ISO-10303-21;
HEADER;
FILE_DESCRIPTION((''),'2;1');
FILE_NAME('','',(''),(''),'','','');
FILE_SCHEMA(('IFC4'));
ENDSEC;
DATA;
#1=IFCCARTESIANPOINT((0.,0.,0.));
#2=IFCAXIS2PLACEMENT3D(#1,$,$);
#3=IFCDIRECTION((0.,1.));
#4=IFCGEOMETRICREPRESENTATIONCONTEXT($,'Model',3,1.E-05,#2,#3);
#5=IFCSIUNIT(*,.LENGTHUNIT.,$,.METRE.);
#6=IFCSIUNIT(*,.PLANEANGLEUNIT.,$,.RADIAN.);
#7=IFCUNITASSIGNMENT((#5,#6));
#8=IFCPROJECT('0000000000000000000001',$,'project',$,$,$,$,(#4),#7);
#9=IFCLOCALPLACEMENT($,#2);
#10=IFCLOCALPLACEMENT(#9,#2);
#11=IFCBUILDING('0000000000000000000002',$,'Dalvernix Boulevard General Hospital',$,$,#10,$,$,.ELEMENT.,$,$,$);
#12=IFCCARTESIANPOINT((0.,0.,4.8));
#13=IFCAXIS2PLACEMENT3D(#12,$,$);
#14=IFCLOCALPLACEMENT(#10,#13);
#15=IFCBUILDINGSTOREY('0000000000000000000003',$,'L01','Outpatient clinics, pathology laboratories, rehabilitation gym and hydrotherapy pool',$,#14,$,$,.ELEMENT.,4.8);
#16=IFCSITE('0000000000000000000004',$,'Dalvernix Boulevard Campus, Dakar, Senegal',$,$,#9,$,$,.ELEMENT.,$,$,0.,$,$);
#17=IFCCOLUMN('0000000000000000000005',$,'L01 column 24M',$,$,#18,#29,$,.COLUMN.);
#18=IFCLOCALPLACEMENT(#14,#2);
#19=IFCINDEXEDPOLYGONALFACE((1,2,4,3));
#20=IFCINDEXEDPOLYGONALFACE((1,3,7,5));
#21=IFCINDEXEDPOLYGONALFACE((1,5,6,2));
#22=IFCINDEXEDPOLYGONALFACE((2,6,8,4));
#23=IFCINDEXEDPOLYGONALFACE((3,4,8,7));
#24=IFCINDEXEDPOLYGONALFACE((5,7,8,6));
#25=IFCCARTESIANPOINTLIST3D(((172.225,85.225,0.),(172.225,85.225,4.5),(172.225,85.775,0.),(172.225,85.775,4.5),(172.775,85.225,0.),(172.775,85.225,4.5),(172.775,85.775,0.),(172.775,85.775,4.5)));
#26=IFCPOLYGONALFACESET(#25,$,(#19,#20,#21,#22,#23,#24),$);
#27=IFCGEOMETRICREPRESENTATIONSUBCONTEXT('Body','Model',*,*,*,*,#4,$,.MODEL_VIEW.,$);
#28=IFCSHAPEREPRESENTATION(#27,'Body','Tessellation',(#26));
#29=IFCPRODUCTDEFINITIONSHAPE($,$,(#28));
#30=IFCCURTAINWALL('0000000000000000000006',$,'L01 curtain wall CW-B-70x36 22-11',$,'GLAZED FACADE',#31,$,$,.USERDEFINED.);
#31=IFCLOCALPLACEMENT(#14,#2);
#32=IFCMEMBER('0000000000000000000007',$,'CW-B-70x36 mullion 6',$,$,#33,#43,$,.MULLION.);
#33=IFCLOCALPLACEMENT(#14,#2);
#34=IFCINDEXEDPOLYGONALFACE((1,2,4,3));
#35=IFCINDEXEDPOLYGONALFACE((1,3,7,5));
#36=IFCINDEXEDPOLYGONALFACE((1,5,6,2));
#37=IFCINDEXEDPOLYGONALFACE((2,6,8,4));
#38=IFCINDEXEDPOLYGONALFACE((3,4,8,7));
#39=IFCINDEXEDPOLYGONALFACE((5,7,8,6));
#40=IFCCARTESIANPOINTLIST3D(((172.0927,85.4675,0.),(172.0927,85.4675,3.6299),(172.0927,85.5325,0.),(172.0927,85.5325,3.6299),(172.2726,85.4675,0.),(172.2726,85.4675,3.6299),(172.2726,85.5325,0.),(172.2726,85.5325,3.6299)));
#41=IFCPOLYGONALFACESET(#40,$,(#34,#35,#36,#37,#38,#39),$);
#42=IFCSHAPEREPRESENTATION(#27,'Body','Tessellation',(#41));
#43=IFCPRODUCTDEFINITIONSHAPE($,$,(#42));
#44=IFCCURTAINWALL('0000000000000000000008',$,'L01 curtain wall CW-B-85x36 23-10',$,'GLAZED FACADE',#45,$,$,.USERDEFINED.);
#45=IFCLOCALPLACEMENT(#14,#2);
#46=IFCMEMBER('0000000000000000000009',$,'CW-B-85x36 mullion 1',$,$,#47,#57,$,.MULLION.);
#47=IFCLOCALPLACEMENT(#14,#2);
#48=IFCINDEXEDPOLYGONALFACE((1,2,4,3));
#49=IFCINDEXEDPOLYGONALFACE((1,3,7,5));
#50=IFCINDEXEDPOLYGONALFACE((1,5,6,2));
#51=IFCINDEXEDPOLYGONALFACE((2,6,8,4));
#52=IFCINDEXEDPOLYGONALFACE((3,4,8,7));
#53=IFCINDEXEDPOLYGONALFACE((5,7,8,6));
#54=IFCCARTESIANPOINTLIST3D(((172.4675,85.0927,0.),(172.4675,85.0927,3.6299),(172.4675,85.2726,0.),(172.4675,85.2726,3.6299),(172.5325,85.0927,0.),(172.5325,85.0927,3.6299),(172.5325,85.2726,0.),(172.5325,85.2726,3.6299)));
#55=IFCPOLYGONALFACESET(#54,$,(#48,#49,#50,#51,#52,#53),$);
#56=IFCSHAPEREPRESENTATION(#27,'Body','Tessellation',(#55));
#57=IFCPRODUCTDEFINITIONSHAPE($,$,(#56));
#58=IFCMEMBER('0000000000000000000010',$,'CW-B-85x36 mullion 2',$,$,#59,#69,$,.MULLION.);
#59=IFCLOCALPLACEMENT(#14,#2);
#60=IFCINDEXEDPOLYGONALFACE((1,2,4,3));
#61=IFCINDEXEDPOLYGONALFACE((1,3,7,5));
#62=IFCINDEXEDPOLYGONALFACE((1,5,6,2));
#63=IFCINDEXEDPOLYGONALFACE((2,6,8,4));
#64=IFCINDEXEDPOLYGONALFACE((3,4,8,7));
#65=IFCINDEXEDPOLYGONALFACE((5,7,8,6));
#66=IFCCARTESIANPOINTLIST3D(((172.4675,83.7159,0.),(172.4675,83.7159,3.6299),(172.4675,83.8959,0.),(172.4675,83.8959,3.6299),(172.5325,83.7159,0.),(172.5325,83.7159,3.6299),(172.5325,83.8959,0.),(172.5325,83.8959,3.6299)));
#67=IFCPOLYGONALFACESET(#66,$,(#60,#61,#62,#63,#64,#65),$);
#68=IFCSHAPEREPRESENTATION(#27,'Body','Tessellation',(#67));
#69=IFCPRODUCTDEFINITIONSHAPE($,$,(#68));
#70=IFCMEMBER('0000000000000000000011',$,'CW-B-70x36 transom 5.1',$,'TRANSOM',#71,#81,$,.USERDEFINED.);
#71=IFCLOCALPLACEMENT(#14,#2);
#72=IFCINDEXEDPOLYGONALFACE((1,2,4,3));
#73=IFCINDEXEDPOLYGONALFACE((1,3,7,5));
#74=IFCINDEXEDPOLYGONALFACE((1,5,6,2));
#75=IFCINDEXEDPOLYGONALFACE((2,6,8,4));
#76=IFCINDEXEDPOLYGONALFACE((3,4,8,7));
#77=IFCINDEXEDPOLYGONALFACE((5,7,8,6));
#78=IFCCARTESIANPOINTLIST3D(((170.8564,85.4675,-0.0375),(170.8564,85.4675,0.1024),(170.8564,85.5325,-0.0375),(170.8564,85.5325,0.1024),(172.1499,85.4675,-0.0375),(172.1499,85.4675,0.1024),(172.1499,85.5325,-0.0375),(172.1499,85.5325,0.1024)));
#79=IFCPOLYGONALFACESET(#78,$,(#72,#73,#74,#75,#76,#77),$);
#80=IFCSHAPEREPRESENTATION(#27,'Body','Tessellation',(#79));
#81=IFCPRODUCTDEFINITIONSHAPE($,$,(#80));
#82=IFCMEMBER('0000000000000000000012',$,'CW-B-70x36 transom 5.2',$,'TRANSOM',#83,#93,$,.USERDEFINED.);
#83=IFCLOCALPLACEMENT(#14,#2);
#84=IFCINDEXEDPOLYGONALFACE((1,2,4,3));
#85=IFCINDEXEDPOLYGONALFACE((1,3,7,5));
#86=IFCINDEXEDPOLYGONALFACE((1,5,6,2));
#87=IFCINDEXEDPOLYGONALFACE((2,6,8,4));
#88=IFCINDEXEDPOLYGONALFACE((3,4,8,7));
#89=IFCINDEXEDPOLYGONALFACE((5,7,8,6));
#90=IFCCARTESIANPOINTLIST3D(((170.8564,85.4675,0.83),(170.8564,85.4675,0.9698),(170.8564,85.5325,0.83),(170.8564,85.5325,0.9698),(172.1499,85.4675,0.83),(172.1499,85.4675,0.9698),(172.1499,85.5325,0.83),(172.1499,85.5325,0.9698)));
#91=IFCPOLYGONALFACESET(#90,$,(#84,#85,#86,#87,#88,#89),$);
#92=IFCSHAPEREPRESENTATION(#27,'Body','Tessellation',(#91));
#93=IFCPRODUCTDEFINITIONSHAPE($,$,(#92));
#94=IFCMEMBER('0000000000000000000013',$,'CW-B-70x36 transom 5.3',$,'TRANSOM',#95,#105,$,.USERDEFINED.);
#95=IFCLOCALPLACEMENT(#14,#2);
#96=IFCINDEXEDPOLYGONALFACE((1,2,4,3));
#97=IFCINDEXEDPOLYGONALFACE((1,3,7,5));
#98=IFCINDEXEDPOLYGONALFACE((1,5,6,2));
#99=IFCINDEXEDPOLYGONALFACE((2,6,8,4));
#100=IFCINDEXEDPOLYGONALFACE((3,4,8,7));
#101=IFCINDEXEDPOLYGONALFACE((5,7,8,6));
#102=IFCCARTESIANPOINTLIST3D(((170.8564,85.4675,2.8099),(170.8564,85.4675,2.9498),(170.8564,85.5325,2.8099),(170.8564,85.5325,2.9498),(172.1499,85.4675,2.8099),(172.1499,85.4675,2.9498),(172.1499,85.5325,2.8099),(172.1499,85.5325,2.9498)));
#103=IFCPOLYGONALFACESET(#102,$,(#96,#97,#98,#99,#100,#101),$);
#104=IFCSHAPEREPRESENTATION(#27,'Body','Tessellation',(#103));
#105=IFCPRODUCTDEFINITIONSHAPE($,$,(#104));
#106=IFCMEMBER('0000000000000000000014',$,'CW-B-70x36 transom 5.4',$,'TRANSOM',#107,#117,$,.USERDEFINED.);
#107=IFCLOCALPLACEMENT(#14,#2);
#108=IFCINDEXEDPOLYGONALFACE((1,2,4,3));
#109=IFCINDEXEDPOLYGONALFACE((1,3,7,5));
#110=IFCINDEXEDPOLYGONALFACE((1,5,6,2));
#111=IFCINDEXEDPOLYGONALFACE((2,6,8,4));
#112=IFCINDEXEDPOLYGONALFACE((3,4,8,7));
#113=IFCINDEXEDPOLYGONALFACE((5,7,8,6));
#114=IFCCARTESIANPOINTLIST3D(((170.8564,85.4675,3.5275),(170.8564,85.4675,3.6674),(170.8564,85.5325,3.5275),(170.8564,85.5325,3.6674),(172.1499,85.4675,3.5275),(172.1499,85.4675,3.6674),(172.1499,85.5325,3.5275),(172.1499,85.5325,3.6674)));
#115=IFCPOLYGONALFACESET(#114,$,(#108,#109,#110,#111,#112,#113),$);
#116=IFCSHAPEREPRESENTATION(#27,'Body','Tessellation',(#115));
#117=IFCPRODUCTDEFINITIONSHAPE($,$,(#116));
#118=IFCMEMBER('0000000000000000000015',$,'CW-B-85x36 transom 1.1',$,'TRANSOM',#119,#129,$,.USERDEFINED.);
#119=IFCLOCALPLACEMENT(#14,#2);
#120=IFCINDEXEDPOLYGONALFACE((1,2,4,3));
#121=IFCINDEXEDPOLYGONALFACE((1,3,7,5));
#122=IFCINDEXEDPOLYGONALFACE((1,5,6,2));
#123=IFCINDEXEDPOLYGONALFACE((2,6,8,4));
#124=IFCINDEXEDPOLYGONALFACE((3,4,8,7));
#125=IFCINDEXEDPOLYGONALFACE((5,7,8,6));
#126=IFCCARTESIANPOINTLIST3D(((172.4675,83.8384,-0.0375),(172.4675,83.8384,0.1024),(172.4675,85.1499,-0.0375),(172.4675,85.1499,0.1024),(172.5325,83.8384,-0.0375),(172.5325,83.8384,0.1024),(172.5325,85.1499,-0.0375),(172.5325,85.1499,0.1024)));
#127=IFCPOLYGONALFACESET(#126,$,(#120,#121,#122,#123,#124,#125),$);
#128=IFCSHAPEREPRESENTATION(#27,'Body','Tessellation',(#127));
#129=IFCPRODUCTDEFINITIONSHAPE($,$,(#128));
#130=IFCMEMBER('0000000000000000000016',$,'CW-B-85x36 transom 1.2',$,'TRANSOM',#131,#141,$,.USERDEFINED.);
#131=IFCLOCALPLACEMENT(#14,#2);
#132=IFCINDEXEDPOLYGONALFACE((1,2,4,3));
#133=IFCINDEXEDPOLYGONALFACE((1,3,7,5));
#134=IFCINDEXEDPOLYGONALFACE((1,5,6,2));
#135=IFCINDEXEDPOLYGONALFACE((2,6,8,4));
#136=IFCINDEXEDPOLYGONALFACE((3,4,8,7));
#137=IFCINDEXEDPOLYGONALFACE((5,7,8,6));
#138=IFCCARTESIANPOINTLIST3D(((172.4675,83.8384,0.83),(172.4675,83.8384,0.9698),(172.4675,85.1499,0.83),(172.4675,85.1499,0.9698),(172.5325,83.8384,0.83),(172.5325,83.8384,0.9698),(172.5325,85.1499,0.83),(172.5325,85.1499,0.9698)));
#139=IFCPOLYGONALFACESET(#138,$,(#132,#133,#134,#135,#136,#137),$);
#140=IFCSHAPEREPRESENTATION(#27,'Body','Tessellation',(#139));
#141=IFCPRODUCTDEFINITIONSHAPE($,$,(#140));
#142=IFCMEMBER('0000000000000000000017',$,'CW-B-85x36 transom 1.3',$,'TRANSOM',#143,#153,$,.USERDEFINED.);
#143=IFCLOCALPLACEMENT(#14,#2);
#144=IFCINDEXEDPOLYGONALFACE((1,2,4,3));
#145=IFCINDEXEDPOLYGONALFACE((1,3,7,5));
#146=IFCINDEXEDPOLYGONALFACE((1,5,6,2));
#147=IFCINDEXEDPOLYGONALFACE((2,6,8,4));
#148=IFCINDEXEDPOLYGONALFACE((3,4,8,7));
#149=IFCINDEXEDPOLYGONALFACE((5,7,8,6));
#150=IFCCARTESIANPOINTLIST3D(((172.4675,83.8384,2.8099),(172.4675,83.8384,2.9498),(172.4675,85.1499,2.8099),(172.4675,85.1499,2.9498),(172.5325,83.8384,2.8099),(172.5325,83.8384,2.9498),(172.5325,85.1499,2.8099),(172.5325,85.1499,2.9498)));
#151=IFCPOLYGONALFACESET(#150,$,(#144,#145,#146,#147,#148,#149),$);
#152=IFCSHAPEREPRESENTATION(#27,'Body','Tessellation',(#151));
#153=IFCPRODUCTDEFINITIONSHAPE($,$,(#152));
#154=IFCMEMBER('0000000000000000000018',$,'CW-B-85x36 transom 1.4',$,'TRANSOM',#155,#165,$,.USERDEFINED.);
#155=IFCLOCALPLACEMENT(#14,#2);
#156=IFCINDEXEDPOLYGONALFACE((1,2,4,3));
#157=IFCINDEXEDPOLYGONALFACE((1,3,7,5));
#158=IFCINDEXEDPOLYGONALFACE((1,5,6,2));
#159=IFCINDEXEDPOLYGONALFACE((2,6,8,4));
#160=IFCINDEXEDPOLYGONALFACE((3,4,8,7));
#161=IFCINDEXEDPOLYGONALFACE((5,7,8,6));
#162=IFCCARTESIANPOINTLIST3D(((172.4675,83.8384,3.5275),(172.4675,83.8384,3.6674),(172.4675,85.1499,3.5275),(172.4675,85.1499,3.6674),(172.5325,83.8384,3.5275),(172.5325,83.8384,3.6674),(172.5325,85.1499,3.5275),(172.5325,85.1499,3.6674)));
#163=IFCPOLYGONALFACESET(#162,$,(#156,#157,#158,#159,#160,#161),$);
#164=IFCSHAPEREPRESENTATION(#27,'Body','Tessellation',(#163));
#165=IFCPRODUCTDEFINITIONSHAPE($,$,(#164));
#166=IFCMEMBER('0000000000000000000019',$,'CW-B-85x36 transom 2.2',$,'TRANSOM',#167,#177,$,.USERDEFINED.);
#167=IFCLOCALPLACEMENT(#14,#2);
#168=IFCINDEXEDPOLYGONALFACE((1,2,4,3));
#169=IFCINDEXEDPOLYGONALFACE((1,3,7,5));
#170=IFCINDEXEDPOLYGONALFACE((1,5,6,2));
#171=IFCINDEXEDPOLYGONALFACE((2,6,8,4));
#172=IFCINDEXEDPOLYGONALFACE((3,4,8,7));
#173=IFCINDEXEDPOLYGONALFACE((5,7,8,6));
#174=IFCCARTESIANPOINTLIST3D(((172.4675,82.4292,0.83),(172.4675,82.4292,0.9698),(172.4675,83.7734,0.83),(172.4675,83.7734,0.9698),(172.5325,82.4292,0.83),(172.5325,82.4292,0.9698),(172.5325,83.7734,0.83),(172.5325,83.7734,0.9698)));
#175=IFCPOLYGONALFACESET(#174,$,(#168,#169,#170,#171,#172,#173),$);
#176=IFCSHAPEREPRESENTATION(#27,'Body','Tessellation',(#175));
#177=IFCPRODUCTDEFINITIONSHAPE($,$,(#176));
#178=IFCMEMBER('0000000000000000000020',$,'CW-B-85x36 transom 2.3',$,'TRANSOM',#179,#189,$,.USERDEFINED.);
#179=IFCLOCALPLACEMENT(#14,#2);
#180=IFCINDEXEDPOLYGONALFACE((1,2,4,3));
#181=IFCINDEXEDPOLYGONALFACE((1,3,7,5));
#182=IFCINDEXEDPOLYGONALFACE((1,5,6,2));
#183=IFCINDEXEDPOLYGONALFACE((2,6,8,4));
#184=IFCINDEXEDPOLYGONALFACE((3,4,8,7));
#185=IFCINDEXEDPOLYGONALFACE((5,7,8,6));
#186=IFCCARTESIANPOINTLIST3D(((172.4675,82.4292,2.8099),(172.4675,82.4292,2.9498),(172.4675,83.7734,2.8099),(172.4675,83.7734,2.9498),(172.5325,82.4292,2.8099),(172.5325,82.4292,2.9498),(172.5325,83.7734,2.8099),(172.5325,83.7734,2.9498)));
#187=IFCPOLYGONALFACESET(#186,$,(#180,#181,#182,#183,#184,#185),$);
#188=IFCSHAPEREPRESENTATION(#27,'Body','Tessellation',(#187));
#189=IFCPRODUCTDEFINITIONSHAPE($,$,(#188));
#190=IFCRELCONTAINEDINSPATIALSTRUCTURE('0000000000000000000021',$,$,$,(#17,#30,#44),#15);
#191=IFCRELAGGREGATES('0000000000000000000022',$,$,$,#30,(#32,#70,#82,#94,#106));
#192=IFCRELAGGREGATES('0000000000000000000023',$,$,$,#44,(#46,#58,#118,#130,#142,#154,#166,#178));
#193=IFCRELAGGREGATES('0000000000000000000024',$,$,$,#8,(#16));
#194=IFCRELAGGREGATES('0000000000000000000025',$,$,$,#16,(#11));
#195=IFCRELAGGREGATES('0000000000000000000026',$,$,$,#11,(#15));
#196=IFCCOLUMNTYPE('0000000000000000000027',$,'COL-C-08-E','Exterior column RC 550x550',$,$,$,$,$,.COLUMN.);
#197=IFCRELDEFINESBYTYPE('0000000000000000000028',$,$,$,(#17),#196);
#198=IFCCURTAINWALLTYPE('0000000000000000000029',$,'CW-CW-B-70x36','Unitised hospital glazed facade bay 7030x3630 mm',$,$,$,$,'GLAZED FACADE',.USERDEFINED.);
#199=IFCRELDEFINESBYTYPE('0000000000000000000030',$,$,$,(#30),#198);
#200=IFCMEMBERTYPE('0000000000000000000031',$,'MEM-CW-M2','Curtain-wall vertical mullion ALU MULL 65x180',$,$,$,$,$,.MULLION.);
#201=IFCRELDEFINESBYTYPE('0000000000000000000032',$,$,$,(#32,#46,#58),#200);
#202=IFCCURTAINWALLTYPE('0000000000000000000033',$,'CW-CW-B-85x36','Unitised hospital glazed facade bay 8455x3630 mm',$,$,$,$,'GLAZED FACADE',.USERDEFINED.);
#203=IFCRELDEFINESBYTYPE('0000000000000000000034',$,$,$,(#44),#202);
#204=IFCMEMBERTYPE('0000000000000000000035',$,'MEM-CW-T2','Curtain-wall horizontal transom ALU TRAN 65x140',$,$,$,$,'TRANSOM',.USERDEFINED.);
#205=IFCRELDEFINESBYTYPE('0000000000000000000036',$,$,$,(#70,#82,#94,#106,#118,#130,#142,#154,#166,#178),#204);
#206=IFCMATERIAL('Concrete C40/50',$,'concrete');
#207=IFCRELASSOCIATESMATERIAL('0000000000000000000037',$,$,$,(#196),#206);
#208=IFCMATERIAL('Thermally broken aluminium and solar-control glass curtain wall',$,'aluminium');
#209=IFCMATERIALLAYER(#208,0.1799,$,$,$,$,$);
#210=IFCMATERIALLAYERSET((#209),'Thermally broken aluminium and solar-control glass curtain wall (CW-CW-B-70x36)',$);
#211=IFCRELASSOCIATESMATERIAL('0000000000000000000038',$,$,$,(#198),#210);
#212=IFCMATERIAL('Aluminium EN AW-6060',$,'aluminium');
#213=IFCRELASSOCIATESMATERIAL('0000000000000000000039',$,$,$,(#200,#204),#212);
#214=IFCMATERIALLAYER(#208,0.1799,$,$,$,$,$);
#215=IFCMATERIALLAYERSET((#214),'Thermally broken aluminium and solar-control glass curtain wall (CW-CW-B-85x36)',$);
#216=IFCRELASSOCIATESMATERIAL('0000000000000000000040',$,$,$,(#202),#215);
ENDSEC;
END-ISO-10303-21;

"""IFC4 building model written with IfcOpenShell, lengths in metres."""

from ifc_helpers import new_model, si_unit, direction, frame, origin, origin_2d, place, context, subcontext, project, spatial, rectangle, extrude, material, layer, layer_set, material_profile, profile_set, type_object, element, aggregate, save


model = new_model("IFC4")

# Units and contexts
model_context = context("Model", 3, precision=1e-05, world=origin(), true_north=direction((0.0, 1.0)))
body_context = subcontext(model_context, "Body", "Model", "MODEL_VIEW")
ifc_project = project(units=[si_unit("LENGTHUNIT", "METRE"), si_unit("PLANEANGLEUNIT", "RADIAN")], contexts=[model_context])

# Site, building, storey
site_placement = place(None, origin())
site = spatial("IfcSite", under=ifc_project, at=site_placement, Name="Dalvernix Boulevard Campus, Dakar, Senegal", CompositionType="ELEMENT", RefElevation=0.0)
building_placement = place(site_placement, origin())
building = spatial("IfcBuilding", under=site, at=building_placement, Name="Dalvernix Boulevard General Hospital", CompositionType="ELEMENT")
storey_placement = place(building_placement, frame((0.0, 0.0, 4.8)))
storey = spatial("IfcBuildingStorey", under=building, at=storey_placement, Name="L01", Description="Outpatient clinics, pathology laboratories, rehabilitation gym and hydrotherapy pool", CompositionType="ELEMENT", Elevation=4.8)

# Column
ifc_material_1 = material(Name="Concrete C40/50", Category="concrete")
ifc_material_profile_1 = material_profile(ifc_material_1, rectangle(XDim=0.55, YDim=0.55, at=origin_2d()), Name="RC 550x550")
ifc_profile_set_1 = profile_set([ifc_material_profile_1], Name="Concrete C40/50")
column_type = type_object("IfcColumnType", Name="COL-C-08-E", Description="Exterior column RC 550x550", PredefinedType="COLUMN", material=ifc_profile_set_1)
column_placement = place(storey_placement, frame((172.5, 85.5, 0.0), z_axis=(0.0, 0.0, 1.0), x_axis=(1.0, 0.0, 0.0)))
element("IfcColumn", 1, at=column_placement, inside=storey, type_object=column_type, Name="L01 column 24M", PredefinedType="COLUMN", context=body_context, shape_type="SweptSolid", body=[
    extrude(rectangle(XDim=0.55, YDim=0.55, at=origin_2d()), origin(), (0.0, 0.0, 1.0), 4.5),
])

# Curtain wall, member
ifc_material_2 = material(Name="Thermally broken aluminium and solar-control glass curtain wall", Category="aluminium")
ifc_layer_1 = layer(ifc_material_2, 0.1799)
ifc_layer_set_1 = layer_set([ifc_layer_1], Name="Thermally broken aluminium and solar-control glass curtain wall (CW-CW-B-70x36)")
curtain_wall_type_1 = type_object("IfcCurtainWallType", Name="CW-CW-B-70x36", Description="Unitised hospital glazed facade bay 7030x3630 mm", ElementType="GLAZED FACADE", PredefinedType="USERDEFINED", material=ifc_layer_set_1)
curtain_wall_1_placement = place(storey_placement, origin())
curtain_wall_1 = element("IfcCurtainWall", 2, at=curtain_wall_1_placement, inside=storey, type_object=curtain_wall_type_1, Name="L01 curtain wall CW-B-70x36 22-11", ObjectType="GLAZED FACADE", PredefinedType="USERDEFINED")
ifc_material_3 = material(Name="Aluminium EN AW-6060", Category="aluminium")
ifc_material_profile_2 = material_profile(ifc_material_3, rectangle(XDim=0.0649, YDim=0.1799, at=origin_2d()), Name="ALU MULL 65x180")
ifc_profile_set_2 = profile_set([ifc_material_profile_2], Name="Aluminium EN AW-6060")
member_type_1 = type_object("IfcMemberType", Name="MEM-CW-M2", Description="Curtain-wall vertical mullion ALU MULL 65x180", PredefinedType="MULLION", material=ifc_profile_set_2)
member_1_placement = place(storey_placement, frame((172.1826, 85.5, 0.0), z_axis=(0.0, 0.0, 1.0), x_axis=(0.0, 1.0, 0.0)))
member_1 = element("IfcMember", 3, at=member_1_placement, type_object=member_type_1, Name="CW-B-70x36 mullion 6", PredefinedType="MULLION", context=body_context, shape_type="SweptSolid", body=[
    extrude(rectangle(XDim=0.0649, YDim=0.1799, at=origin_2d()), origin(), (0.0, 0.0, 1.0), 3.6299),
])

# Curtain wall, members
ifc_layer_2 = layer(ifc_material_2, 0.1799)
ifc_layer_set_2 = layer_set([ifc_layer_2], Name="Thermally broken aluminium and solar-control glass curtain wall (CW-CW-B-85x36)")
curtain_wall_type_2 = type_object("IfcCurtainWallType", Name="CW-CW-B-85x36", Description="Unitised hospital glazed facade bay 8455x3630 mm", ElementType="GLAZED FACADE", PredefinedType="USERDEFINED", material=ifc_layer_set_2)
curtain_wall_2_placement = place(storey_placement, origin())
curtain_wall_2 = element("IfcCurtainWall", 4, at=curtain_wall_2_placement, inside=storey, type_object=curtain_wall_type_2, Name="L01 curtain wall CW-B-85x36 23-10", ObjectType="GLAZED FACADE", PredefinedType="USERDEFINED")
member_2_placement = place(storey_placement, frame((172.5, 85.1826, 0.0), z_axis=(0.0, 0.0, 1.0), x_axis=(1.0, 0.0, 0.0)))
member_2 = element("IfcMember", 5, at=member_2_placement, type_object=member_type_1, Name="CW-B-85x36 mullion 1", PredefinedType="MULLION", context=body_context, shape_type="SweptSolid", body=[
    extrude(rectangle(XDim=0.0649, YDim=0.1799, at=origin_2d()), origin(), (0.0, 0.0, 1.0), 3.6299),
])
member_3_placement = place(storey_placement, frame((172.5, 83.8059, 0.0), z_axis=(0.0, 0.0, 1.0), x_axis=(1.0, 0.0, 0.0)))
member_3 = element("IfcMember", 6, at=member_3_placement, type_object=member_type_1, Name="CW-B-85x36 mullion 2", PredefinedType="MULLION", context=body_context, shape_type="SweptSolid", body=[
    extrude(rectangle(XDim=0.0649, YDim=0.1799, at=origin_2d()), origin(), (0.0, 0.0, 1.0), 3.6299),
])

# Members
ifc_material_profile_3 = material_profile(ifc_material_3, rectangle(XDim=0.0649, YDim=0.1399, at=origin_2d()), Name="ALU TRAN 65x140")
ifc_profile_set_3 = profile_set([ifc_material_profile_3], Name="Aluminium EN AW-6060")
member_type_2 = type_object("IfcMemberType", Name="MEM-CW-T2", Description="Curtain-wall horizontal transom ALU TRAN 65x140", ElementType="TRANSOM", PredefinedType="USERDEFINED", material=ifc_profile_set_3)
member_4_placement = place(storey_placement, frame((170.8564, 85.5, 0.0325), z_axis=(1.0, 0.0, 0.0), x_axis=(0.0, 1.0, 0.0)))
member_4 = element("IfcMember", 7, at=member_4_placement, type_object=member_type_2, Name="CW-B-70x36 transom 5.1", ObjectType="TRANSOM", PredefinedType="USERDEFINED", context=body_context, shape_type="SweptSolid", body=[
    extrude(rectangle(XDim=0.0649, YDim=0.1399, at=origin_2d()), origin(), (0.0, 0.0, 1.0), 1.2935),
])
member_5_placement = place(storey_placement, frame((170.8564, 85.5, 0.8999), z_axis=(1.0, 0.0, 0.0), x_axis=(0.0, 1.0, 0.0)))
member_5 = element("IfcMember", 8, at=member_5_placement, type_object=member_type_2, Name="CW-B-70x36 transom 5.2", ObjectType="TRANSOM", PredefinedType="USERDEFINED", context=body_context, shape_type="SweptSolid", body=[
    extrude(rectangle(XDim=0.0649, YDim=0.1399, at=origin_2d()), origin(), (0.0, 0.0, 1.0), 1.2935),
])
member_6_placement = place(storey_placement, frame((170.8564, 85.5, 2.8799), z_axis=(1.0, 0.0, 0.0), x_axis=(0.0, 1.0, 0.0)))
member_6 = element("IfcMember", 9, at=member_6_placement, type_object=member_type_2, Name="CW-B-70x36 transom 5.3", ObjectType="TRANSOM", PredefinedType="USERDEFINED", context=body_context, shape_type="SweptSolid", body=[
    extrude(rectangle(XDim=0.0649, YDim=0.1399, at=origin_2d()), origin(), (0.0, 0.0, 1.0), 1.2935),
])
member_7_placement = place(storey_placement, frame((170.8564, 85.5, 3.5974), z_axis=(1.0, 0.0, 0.0), x_axis=(0.0, 1.0, 0.0)))
member_7 = element("IfcMember", 10, at=member_7_placement, type_object=member_type_2, Name="CW-B-70x36 transom 5.4", ObjectType="TRANSOM", PredefinedType="USERDEFINED", context=body_context, shape_type="SweptSolid", body=[
    extrude(rectangle(XDim=0.0649, YDim=0.1399, at=origin_2d()), origin(), (0.0, 0.0, 1.0), 1.2935),
])
member_8_placement = place(storey_placement, frame((172.5, 85.1499, 0.0325), z_axis=(0.0, -1.0, 0.0), x_axis=(1.0, 0.0, 0.0)))
member_8 = element("IfcMember", 11, at=member_8_placement, type_object=member_type_2, Name="CW-B-85x36 transom 1.1", ObjectType="TRANSOM", PredefinedType="USERDEFINED", context=body_context, shape_type="SweptSolid", body=[
    extrude(rectangle(XDim=0.0649, YDim=0.1399, at=origin_2d()), origin(), (0.0, 0.0, 1.0), 1.3115),
])
member_9_placement = place(storey_placement, frame((172.5, 85.1499, 0.8999), z_axis=(0.0, -1.0, 0.0), x_axis=(1.0, 0.0, 0.0)))
member_9 = element("IfcMember", 12, at=member_9_placement, type_object=member_type_2, Name="CW-B-85x36 transom 1.2", ObjectType="TRANSOM", PredefinedType="USERDEFINED", context=body_context, shape_type="SweptSolid", body=[
    extrude(rectangle(XDim=0.0649, YDim=0.1399, at=origin_2d()), origin(), (0.0, 0.0, 1.0), 1.3115),
])
member_10_placement = place(storey_placement, frame((172.5, 85.1499, 2.8799), z_axis=(0.0, -1.0, 0.0), x_axis=(1.0, 0.0, 0.0)))
member_10 = element("IfcMember", 13, at=member_10_placement, type_object=member_type_2, Name="CW-B-85x36 transom 1.3", ObjectType="TRANSOM", PredefinedType="USERDEFINED", context=body_context, shape_type="SweptSolid", body=[
    extrude(rectangle(XDim=0.0649, YDim=0.1399, at=origin_2d()), origin(), (0.0, 0.0, 1.0), 1.3115),
])
member_11_placement = place(storey_placement, frame((172.5, 85.1499, 3.5974), z_axis=(0.0, -1.0, 0.0), x_axis=(1.0, 0.0, 0.0)))
member_11 = element("IfcMember", 14, at=member_11_placement, type_object=member_type_2, Name="CW-B-85x36 transom 1.4", ObjectType="TRANSOM", PredefinedType="USERDEFINED", context=body_context, shape_type="SweptSolid", body=[
    extrude(rectangle(XDim=0.0649, YDim=0.1399, at=origin_2d()), origin(), (0.0, 0.0, 1.0), 1.3115),
])
member_12_placement = place(storey_placement, frame((172.5, 83.7734, 0.8999), z_axis=(0.0, -1.0, 0.0), x_axis=(1.0, 0.0, 0.0)))
member_12 = element("IfcMember", 15, at=member_12_placement, type_object=member_type_2, Name="CW-B-85x36 transom 2.2", ObjectType="TRANSOM", PredefinedType="USERDEFINED", context=body_context, shape_type="SweptSolid", body=[
    extrude(rectangle(XDim=0.0649, YDim=0.1399, at=origin_2d()), origin(), (0.0, 0.0, 1.0), 1.3442),
])
member_13_placement = place(storey_placement, frame((172.5, 83.7734, 2.8799), z_axis=(0.0, -1.0, 0.0), x_axis=(1.0, 0.0, 0.0)))
member_13 = element("IfcMember", 16, at=member_13_placement, type_object=member_type_2, Name="CW-B-85x36 transom 2.3", ObjectType="TRANSOM", PredefinedType="USERDEFINED", context=body_context, shape_type="SweptSolid", body=[
    extrude(rectangle(XDim=0.0649, YDim=0.1399, at=origin_2d()), origin(), (0.0, 0.0, 1.0), 1.3442),
])

aggregate(curtain_wall_1, [member_1, member_4, member_5, member_6, member_7])
aggregate(curtain_wall_2, [member_2, member_3, member_8, member_9, member_10, member_11, member_12, member_13])

save(model, "model.ifc")
